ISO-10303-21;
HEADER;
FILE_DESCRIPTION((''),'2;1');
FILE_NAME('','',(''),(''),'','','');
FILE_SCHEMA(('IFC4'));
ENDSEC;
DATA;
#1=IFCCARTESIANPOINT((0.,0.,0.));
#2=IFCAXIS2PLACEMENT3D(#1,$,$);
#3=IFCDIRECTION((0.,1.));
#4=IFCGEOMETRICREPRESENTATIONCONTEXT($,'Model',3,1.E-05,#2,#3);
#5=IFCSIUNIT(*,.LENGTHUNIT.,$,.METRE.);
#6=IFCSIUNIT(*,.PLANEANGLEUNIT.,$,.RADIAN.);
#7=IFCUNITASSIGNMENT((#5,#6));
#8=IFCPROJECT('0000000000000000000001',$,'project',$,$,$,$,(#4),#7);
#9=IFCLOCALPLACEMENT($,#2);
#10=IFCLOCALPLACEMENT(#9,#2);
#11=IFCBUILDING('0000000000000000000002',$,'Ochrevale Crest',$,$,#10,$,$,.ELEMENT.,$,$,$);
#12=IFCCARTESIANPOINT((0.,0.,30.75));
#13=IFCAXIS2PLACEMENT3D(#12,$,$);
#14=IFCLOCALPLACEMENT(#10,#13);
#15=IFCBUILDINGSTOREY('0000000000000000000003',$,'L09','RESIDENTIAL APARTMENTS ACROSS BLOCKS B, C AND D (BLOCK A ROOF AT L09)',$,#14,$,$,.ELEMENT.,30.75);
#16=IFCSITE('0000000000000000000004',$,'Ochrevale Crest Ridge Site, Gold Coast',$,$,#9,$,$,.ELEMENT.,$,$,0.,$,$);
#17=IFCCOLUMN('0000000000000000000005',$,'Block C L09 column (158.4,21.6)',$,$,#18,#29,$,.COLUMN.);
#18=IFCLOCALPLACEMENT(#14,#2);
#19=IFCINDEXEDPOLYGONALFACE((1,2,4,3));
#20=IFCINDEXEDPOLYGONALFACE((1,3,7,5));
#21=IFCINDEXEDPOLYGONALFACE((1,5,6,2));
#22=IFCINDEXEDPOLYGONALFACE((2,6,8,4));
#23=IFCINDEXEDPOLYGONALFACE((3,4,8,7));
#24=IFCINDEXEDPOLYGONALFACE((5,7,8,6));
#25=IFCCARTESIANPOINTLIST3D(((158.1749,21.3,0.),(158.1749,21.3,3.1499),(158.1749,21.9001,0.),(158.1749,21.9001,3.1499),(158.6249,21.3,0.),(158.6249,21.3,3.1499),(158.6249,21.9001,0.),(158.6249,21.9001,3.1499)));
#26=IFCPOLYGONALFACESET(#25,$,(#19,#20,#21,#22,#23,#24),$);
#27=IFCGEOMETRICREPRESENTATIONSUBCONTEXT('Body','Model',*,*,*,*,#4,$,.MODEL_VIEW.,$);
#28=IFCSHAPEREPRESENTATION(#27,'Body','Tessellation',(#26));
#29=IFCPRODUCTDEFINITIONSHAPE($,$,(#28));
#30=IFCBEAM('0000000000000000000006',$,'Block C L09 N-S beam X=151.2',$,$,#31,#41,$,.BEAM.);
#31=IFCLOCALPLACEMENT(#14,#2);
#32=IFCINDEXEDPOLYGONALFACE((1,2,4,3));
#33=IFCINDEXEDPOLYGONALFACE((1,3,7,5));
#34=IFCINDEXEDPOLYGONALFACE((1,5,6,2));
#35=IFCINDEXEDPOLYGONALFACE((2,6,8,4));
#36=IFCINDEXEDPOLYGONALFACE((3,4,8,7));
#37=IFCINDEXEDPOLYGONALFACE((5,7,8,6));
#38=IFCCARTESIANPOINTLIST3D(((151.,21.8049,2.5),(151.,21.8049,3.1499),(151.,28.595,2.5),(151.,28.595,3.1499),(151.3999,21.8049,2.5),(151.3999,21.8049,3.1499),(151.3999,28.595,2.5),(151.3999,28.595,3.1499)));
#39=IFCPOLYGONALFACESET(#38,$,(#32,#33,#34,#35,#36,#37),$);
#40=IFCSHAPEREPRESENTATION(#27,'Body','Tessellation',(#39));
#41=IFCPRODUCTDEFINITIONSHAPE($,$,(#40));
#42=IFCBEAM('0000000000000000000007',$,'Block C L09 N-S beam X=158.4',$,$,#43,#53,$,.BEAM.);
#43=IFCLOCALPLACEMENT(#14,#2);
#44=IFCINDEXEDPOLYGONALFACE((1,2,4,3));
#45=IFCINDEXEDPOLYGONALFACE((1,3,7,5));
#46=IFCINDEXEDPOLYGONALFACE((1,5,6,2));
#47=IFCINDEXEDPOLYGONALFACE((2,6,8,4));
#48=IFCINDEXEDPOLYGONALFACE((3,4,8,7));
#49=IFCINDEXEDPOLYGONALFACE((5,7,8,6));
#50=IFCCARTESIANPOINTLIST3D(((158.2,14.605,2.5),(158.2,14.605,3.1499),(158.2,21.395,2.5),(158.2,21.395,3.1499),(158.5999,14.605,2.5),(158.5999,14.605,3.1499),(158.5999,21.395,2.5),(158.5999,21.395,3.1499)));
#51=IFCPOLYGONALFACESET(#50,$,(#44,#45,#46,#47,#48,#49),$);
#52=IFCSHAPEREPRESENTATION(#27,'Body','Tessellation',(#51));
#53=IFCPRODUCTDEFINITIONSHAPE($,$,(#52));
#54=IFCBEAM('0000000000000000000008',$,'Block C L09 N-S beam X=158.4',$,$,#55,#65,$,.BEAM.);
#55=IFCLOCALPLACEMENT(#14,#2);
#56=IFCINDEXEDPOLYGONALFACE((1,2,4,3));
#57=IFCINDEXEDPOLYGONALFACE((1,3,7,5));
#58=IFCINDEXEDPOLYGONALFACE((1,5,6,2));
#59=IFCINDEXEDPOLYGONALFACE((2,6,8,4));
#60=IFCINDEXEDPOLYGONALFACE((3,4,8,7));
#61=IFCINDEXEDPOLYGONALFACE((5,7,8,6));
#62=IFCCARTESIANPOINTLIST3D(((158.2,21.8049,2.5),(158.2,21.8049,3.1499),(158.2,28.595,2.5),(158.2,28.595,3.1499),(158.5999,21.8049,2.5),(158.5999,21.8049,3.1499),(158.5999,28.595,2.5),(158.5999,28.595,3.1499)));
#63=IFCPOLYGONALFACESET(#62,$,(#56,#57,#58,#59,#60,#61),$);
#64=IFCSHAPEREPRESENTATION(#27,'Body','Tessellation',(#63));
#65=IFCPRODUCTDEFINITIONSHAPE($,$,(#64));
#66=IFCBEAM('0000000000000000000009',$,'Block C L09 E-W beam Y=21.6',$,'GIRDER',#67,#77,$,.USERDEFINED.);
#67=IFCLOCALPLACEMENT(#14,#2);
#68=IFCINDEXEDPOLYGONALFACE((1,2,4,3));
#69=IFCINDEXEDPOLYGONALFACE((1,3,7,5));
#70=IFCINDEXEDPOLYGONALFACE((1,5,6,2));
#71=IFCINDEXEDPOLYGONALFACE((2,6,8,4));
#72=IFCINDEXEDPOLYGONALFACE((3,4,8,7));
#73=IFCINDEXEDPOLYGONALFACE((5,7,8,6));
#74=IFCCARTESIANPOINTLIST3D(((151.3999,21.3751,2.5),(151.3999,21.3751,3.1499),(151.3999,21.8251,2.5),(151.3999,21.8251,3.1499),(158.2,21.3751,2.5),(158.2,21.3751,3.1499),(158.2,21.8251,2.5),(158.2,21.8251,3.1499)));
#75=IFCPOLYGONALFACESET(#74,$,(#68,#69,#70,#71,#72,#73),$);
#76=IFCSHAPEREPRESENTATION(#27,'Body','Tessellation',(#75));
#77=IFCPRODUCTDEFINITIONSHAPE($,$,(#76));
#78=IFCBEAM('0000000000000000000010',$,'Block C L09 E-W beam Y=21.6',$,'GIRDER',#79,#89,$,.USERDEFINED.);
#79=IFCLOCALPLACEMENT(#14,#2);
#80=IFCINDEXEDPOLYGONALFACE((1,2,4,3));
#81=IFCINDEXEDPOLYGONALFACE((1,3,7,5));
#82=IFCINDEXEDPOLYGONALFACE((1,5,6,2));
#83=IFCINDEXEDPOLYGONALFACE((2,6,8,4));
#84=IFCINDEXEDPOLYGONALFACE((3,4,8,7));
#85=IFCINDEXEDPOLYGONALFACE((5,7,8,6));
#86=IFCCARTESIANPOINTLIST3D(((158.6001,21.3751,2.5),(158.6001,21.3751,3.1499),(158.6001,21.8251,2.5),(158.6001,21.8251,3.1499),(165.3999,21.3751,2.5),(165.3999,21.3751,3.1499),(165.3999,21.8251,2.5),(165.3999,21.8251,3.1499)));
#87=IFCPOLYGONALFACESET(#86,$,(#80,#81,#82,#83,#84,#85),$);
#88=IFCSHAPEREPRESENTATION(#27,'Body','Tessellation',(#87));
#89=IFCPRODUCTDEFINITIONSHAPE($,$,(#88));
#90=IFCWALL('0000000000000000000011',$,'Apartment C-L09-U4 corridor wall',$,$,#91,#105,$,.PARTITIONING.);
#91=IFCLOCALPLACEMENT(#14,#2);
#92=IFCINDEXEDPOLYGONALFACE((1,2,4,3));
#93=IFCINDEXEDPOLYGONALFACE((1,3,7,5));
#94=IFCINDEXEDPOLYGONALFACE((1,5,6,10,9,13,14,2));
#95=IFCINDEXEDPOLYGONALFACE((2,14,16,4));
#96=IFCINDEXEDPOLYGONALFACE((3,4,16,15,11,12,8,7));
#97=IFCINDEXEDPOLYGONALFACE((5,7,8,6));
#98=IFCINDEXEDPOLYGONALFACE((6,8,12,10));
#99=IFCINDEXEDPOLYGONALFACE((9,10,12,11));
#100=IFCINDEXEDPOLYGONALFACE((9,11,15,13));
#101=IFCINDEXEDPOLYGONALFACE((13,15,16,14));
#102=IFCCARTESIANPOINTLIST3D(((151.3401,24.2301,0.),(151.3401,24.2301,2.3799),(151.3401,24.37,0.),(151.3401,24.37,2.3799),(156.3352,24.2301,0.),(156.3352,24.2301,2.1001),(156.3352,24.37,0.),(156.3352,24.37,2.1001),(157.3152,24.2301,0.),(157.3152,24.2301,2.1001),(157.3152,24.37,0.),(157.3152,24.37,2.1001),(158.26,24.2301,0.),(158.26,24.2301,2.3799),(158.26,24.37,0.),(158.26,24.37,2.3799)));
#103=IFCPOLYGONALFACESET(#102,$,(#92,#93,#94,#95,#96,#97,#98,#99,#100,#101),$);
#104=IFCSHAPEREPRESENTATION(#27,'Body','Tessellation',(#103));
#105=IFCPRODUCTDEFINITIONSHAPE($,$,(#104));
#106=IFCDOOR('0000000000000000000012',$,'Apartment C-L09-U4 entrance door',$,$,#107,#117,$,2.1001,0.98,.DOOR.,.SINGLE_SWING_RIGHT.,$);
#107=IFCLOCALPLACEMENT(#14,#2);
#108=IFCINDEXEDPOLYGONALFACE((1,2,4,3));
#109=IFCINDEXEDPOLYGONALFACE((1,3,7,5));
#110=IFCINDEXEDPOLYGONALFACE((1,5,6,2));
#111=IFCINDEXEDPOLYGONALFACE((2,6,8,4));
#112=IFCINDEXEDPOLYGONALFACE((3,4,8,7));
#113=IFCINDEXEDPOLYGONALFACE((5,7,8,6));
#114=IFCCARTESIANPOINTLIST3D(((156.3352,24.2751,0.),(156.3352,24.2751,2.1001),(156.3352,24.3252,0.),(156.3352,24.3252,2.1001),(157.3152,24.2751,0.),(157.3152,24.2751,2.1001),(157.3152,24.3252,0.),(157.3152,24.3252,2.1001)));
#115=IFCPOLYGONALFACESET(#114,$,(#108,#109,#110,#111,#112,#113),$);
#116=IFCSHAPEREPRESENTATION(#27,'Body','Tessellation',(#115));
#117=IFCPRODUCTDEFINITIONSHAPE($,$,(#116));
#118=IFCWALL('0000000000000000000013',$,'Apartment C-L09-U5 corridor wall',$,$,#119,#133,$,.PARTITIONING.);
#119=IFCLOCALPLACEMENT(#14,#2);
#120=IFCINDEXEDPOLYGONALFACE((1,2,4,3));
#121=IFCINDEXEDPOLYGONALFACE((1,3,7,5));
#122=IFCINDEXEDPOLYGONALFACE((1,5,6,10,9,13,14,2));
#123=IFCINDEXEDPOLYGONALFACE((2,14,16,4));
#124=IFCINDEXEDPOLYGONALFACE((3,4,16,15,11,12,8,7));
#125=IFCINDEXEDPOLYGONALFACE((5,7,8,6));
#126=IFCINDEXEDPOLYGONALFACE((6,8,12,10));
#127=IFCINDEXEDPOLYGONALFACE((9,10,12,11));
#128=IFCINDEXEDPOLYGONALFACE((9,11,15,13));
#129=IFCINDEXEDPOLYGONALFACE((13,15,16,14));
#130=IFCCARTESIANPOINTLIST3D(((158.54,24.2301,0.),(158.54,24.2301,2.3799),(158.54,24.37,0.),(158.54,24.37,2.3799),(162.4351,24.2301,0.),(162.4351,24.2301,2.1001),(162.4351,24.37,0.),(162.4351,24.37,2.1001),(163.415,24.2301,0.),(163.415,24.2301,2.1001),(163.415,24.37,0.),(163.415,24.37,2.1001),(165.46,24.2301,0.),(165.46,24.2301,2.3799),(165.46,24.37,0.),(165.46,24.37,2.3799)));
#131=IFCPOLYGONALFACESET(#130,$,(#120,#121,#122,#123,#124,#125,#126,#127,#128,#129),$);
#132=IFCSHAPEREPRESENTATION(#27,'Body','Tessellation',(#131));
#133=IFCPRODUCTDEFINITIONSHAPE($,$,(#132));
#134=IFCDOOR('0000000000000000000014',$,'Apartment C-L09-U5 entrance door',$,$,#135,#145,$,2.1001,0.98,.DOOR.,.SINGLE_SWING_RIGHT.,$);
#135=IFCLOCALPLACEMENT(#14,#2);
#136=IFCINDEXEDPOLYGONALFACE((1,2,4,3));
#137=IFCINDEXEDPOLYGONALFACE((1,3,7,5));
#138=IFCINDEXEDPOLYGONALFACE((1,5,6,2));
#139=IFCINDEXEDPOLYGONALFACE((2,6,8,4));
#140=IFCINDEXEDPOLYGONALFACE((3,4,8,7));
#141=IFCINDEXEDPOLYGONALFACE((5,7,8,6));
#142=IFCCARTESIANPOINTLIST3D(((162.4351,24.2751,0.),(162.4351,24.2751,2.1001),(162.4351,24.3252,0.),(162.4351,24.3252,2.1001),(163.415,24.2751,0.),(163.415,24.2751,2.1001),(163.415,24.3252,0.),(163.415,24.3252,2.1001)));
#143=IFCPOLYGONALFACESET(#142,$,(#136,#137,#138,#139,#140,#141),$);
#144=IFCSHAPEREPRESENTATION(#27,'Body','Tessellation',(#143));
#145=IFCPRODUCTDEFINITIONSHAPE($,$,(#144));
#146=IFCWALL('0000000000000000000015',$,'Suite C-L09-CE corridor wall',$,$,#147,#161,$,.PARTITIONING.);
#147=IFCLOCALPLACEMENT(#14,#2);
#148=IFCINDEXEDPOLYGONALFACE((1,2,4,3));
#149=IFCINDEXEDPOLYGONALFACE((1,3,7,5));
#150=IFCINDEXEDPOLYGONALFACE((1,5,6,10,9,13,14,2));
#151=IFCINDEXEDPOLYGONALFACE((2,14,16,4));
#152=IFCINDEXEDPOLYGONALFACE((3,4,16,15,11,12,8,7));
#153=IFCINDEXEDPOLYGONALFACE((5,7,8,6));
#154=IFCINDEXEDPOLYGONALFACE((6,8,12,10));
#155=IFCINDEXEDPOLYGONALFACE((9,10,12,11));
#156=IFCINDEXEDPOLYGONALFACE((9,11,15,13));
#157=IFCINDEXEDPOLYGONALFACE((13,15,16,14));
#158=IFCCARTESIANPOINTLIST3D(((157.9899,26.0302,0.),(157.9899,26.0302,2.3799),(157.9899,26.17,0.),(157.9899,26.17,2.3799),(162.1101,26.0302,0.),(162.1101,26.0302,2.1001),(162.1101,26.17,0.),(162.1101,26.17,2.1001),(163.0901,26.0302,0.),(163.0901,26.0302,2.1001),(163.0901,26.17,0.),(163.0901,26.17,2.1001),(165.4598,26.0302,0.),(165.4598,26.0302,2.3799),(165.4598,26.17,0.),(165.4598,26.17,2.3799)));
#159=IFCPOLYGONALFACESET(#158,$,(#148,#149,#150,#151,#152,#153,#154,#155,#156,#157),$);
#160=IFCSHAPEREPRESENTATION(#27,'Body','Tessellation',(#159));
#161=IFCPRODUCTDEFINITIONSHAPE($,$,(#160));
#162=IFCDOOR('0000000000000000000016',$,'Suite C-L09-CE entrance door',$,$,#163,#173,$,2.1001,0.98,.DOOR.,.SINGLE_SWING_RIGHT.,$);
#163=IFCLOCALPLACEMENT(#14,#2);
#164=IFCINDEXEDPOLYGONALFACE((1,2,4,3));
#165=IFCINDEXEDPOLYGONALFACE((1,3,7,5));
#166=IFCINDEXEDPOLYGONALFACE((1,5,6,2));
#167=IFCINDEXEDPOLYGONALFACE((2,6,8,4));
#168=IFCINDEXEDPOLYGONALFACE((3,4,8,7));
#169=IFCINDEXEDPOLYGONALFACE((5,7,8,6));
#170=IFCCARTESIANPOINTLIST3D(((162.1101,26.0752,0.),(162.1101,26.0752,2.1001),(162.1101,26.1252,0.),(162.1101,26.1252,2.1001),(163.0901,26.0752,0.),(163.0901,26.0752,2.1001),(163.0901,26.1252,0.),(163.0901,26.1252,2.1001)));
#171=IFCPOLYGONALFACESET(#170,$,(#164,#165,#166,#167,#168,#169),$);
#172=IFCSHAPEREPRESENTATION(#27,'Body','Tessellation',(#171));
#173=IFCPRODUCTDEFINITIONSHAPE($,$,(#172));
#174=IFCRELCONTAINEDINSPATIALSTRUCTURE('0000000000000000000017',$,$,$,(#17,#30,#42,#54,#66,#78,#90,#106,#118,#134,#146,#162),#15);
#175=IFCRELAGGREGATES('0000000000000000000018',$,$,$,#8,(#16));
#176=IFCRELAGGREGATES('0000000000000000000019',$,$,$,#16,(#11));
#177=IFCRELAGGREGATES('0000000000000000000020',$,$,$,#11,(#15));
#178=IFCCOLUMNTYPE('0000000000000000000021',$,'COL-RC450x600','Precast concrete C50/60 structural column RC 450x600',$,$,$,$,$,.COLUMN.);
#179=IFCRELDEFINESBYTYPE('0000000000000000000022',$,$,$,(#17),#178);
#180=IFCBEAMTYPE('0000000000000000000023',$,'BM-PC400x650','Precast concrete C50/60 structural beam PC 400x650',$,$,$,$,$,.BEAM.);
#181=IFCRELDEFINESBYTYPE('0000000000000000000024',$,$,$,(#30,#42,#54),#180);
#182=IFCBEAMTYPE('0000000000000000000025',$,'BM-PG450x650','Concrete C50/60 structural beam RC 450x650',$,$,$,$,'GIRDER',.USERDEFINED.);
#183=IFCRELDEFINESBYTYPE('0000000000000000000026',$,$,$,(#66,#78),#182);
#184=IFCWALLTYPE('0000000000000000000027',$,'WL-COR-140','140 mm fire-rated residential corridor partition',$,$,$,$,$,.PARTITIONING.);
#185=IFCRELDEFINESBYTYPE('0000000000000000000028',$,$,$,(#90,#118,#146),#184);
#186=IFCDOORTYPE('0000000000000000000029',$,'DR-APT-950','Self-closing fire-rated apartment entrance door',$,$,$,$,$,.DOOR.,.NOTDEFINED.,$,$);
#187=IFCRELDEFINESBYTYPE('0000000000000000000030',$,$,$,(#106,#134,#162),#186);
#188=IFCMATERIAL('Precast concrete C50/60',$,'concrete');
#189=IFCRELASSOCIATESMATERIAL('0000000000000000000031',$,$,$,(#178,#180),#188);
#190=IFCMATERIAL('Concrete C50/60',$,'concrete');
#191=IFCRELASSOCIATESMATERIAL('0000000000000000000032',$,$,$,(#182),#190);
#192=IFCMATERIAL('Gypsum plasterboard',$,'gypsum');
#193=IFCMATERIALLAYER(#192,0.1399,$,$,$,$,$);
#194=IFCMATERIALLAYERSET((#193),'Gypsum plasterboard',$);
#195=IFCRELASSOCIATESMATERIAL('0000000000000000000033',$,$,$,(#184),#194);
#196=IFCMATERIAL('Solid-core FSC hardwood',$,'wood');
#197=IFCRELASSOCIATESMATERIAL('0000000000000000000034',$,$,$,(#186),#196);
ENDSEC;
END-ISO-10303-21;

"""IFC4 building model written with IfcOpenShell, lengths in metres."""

from ifc_helpers import new_model, si_unit, direction, frame, frame_2d, origin, origin_2d, place, context, subcontext, project, spatial, rectangle, extrude, material, layer, layer_set, material_profile, profile_set, type_object, element, fill, save


model = new_model("IFC4")

# Units and contexts
model_context = context("Model", 3, precision=1e-05, world=origin(), true_north=direction((0.0, 1.0)))
body_context = subcontext(model_context, "Body", "Model", "MODEL_VIEW")
ifc_project = project(units=[si_unit("LENGTHUNIT", "METRE"), si_unit("PLANEANGLEUNIT", "RADIAN")], contexts=[model_context])

# Site, building, storey
site_placement = place(None, origin())
site = spatial("IfcSite", under=ifc_project, at=site_placement, Name="Ochrevale Crest Ridge Site, Gold Coast", CompositionType="ELEMENT", RefElevation=0.0)
building_placement = place(site_placement, origin())
building = spatial("IfcBuilding", under=site, at=building_placement, Name="Ochrevale Crest", CompositionType="ELEMENT")
storey_placement = place(building_placement, frame((0.0, 0.0, 30.75)))
storey = spatial("IfcBuildingStorey", under=building, at=storey_placement, Name="L09", Description="RESIDENTIAL APARTMENTS ACROSS BLOCKS B, C AND D (BLOCK A ROOF AT L09)", CompositionType="ELEMENT", Elevation=30.75)

# Column
ifc_material_1 = material(Name="Precast concrete C50/60", Category="concrete")
ifc_material_profile_1 = material_profile(ifc_material_1, rectangle(XDim=0.45, YDim=0.6001, at=origin_2d()), Name="RC 450x600")
ifc_profile_set_1 = profile_set([ifc_material_profile_1], Name="Precast concrete C50/60")
column_type = type_object("IfcColumnType", Name="COL-RC450x600", Description="Precast concrete C50/60 structural column RC 450x600", PredefinedType="COLUMN", material=ifc_profile_set_1)
column_placement = place(storey_placement, frame((158.3999, 21.6001, 0.0), z_axis=(0.0, 0.0, 1.0), x_axis=(1.0, 0.0, 0.0)))
element("IfcColumn", 1, at=column_placement, inside=storey, type_object=column_type, Name="Block C L09 column (158.4,21.6)", PredefinedType="COLUMN", context=body_context, shape_type="SweptSolid", body=[
    extrude(rectangle(XDim=0.45, YDim=0.6001, at=origin_2d()), origin(), (0.0, 0.0, 1.0), 3.1499),
])

# Beams
ifc_material_profile_2 = material_profile(ifc_material_1, rectangle(XDim=0.3999, YDim=0.6499, at=origin_2d()), Name="PC 400x650")
ifc_profile_set_2 = profile_set([ifc_material_profile_2], Name="Precast concrete C50/60")
beam_type_1 = type_object("IfcBeamType", Name="BM-PC400x650", Description="Precast concrete C50/60 structural beam PC 400x650", PredefinedType="BEAM", material=ifc_profile_set_2)
for number, where, z_axis, x_axis, name in (
    (2, (151.2, 21.8049, 2.825), (0.0, 1.0, 0.0), (-1.0, 0.0, 0.0), "Block C L09 N-S beam X=151.2"),
    (3, (158.3999, 14.605, 2.825), (0.0, 1.0, 0.0), (-1.0, 0.0, 0.0), "Block C L09 N-S beam X=158.4"),
    (4, (158.3999, 21.8049, 2.825), (0.0, 1.0, 0.0), (-1.0, 0.0, 0.0), "Block C L09 N-S beam X=158.4"),
):
    element("IfcBeam", number, at=place(storey_placement, frame(where, z_axis=z_axis, x_axis=x_axis)), inside=storey, type_object=beam_type_1, Name=name, PredefinedType="BEAM", context=body_context, shape_type="SweptSolid", body=[
        extrude(rectangle(XDim=0.3999, YDim=0.6499, at=origin_2d()), origin(), (0.0, 0.0, 1.0), 6.79),
    ])
ifc_material_2 = material(Name="Concrete C50/60", Category="concrete")
ifc_material_profile_3 = material_profile(ifc_material_2, rectangle(XDim=0.45, YDim=0.6499, at=origin_2d()), Name="RC 450x650")
ifc_profile_set_3 = profile_set([ifc_material_profile_3], Name="Concrete C50/60")
beam_type_2 = type_object("IfcBeamType", Name="BM-PG450x650", Description="Concrete C50/60 structural beam RC 450x650", ElementType="GIRDER", PredefinedType="USERDEFINED", material=ifc_profile_set_3)
beam_1_placement = place(storey_placement, frame((151.3999, 21.6001, 2.825), z_axis=(1.0, 0.0, 0.0), x_axis=(0.0, 1.0, 0.0)))
element("IfcBeam", 5, at=beam_1_placement, inside=storey, type_object=beam_type_2, Name="Block C L09 E-W beam Y=21.6", ObjectType="GIRDER", PredefinedType="USERDEFINED", context=body_context, shape_type="SweptSolid", body=[
    extrude(rectangle(XDim=0.45, YDim=0.6499, at=origin_2d()), origin(), (0.0, 0.0, 1.0), 6.8),
])
beam_2_placement = place(storey_placement, frame((158.6001, 21.6001, 2.825), z_axis=(1.0, 0.0, 0.0), x_axis=(0.0, 1.0, 0.0)))
element("IfcBeam", 6, at=beam_2_placement, inside=storey, type_object=beam_type_2, Name="Block C L09 E-W beam Y=21.6", ObjectType="GIRDER", PredefinedType="USERDEFINED", context=body_context, shape_type="SweptSolid", body=[
    extrude(rectangle(XDim=0.45, YDim=0.6499, at=origin_2d()), origin(), (0.0, 0.0, 1.0), 6.7998),
])

# Walls, openings, doors
ifc_material_3 = material(Name="Gypsum plasterboard", Category="gypsum")
ifc_layer_1 = layer(ifc_material_3, 0.1399)
ifc_layer_set_1 = layer_set([ifc_layer_1], Name="Gypsum plasterboard")
wall_type_1 = type_object("IfcWallType", Name="WL-COR-140", Description="140 mm fire-rated residential corridor partition", PredefinedType="PARTITIONING", material=ifc_layer_set_1)
wall_1_placement = place(storey_placement, frame((151.3401, 24.3, 0.0), z_axis=(0.0, 0.0, 1.0), x_axis=(1.0, 0.0, 0.0)))
wall_1 = element("IfcWall", 7, at=wall_1_placement, inside=storey, type_object=wall_type_1, Name="Apartment C-L09-U4 corridor wall", PredefinedType="PARTITIONING", context=body_context, shape_type="SweptSolid", body=[
    extrude(rectangle(XDim=6.9199, YDim=0.1399, at=frame_2d((3.46, 0.0))), origin(), (0.0, 0.0, 1.0), 2.3799),
])
opening_1_placement = place(wall_1_placement, frame((5.9751, 0.0, 0.0), z_axis=(0.0, 0.0, 1.0), x_axis=(-1.0, 0.0, 0.0)))
opening_1 = element("IfcOpeningElement", 8, at=opening_1_placement, cuts=wall_1, PredefinedType="OPENING", context=body_context, shape_type="SweptSolid", body=[
    extrude(rectangle(XDim=0.98, YDim=2.1001, at=frame_2d((0.49, 1.05))), frame((0.0, 0.0801, 0.0), z_axis=(0.0, -1.0, 0.0), x_axis=(1.0, 0.0, 0.0)), (0.0, 0.0, 1.0), 0.1599),
])
ifc_material_4 = material(Name="Solid-core FSC hardwood", Category="wood")
door_type_1 = type_object("IfcDoorType", Name="DR-APT-950", Description="Self-closing fire-rated apartment entrance door", OperationType="NOTDEFINED", PredefinedType="DOOR", material=ifc_material_4)
door_1_placement = place(opening_1_placement, origin())
door_1 = element("IfcDoor", 9, at=door_1_placement, inside=storey, type_object=door_type_1, Name="Apartment C-L09-U4 entrance door", OperationType="SINGLE_SWING_RIGHT", OverallHeight=2.1001, OverallWidth=0.98, PredefinedType="DOOR", context=body_context, shape_type="SweptSolid", body=[
    extrude(rectangle(XDim=0.98, YDim=2.1001, at=frame_2d((0.49, 1.05))), frame((0.0, 0.0249, 0.0), z_axis=(0.0, -1.0, 0.0), x_axis=(1.0, 0.0, 0.0)), (0.0, 0.0, 1.0), 0.05),
])
fill(opening_1, door_1)
wall_2_placement = place(storey_placement, frame((158.54, 24.3, 0.0), z_axis=(0.0, 0.0, 1.0), x_axis=(1.0, 0.0, 0.0)))
wall_2 = element("IfcWall", 10, at=wall_2_placement, inside=storey, type_object=wall_type_1, Name="Apartment C-L09-U5 corridor wall", PredefinedType="PARTITIONING", context=body_context, shape_type="SweptSolid", body=[
    extrude(rectangle(XDim=6.9199, YDim=0.1399, at=frame_2d((3.46, 0.0))), origin(), (0.0, 0.0, 1.0), 2.3799),
])
opening_2_placement = place(wall_2_placement, frame((4.875, 0.0, 0.0), z_axis=(0.0, 0.0, 1.0), x_axis=(-1.0, 0.0, 0.0)))
opening_2 = element("IfcOpeningElement", 11, at=opening_2_placement, cuts=wall_2, PredefinedType="OPENING", context=body_context, shape_type="SweptSolid", body=[
    extrude(rectangle(XDim=0.98, YDim=2.1001, at=frame_2d((0.49, 1.05))), frame((0.0, 0.0801, 0.0), z_axis=(0.0, -1.0, 0.0), x_axis=(1.0, 0.0, 0.0)), (0.0, 0.0, 1.0), 0.1599),
])
door_2_placement = place(opening_2_placement, origin())
door_2 = element("IfcDoor", 12, at=door_2_placement, inside=storey, type_object=door_type_1, Name="Apartment C-L09-U5 entrance door", OperationType="SINGLE_SWING_RIGHT", OverallHeight=2.1001, OverallWidth=0.98, PredefinedType="DOOR", context=body_context, shape_type="SweptSolid", body=[
    extrude(rectangle(XDim=0.98, YDim=2.1001, at=frame_2d((0.49, 1.05))), frame((0.0, 0.0249, 0.0), z_axis=(0.0, -1.0, 0.0), x_axis=(1.0, 0.0, 0.0)), (0.0, 0.0, 1.0), 0.05),
])
fill(opening_2, door_2)
wall_3_placement = place(storey_placement, frame((157.99, 26.1001, 0.0), z_axis=(0.0, 0.0, 1.0), x_axis=(1.0, 0.0, 0.0)))
wall_3 = element("IfcWall", 13, at=wall_3_placement, inside=storey, type_object=wall_type_1, Name="Suite C-L09-CE corridor wall", PredefinedType="PARTITIONING", context=body_context, shape_type="SweptSolid", body=[
    extrude(rectangle(XDim=7.47, YDim=0.1399, at=frame_2d((3.7349, 0.0))), origin(), (0.0, 0.0, 1.0), 2.3799),
])
opening_3_placement = place(wall_3_placement, frame((5.1001, 0.0, 0.0), z_axis=(0.0, 0.0, 1.0), x_axis=(-1.0, 0.0, 0.0)))
opening_3 = element("IfcOpeningElement", 14, at=opening_3_placement, cuts=wall_3, PredefinedType="OPENING", context=body_context, shape_type="SweptSolid", body=[
    extrude(rectangle(XDim=0.98, YDim=2.1001, at=frame_2d((0.49, 1.05))), frame((0.0, 0.0801, 0.0), z_axis=(0.0, -1.0, 0.0), x_axis=(1.0, 0.0, 0.0)), (0.0, 0.0, 1.0), 0.1599),
])
door_3_placement = place(opening_3_placement, origin())
door_3 = element("IfcDoor", 15, at=door_3_placement, inside=storey, type_object=door_type_1, Name="Suite C-L09-CE entrance door", OperationType="SINGLE_SWING_RIGHT", OverallHeight=2.1001, OverallWidth=0.98, PredefinedType="DOOR", context=body_context, shape_type="SweptSolid", body=[
    extrude(rectangle(XDim=0.98, YDim=2.1001, at=frame_2d((0.49, 1.05))), frame((0.0, 0.0249, 0.0), z_axis=(0.0, -1.0, 0.0), x_axis=(1.0, 0.0, 0.0)), (0.0, 0.0, 1.0), 0.05),
])
fill(opening_3, door_3)

save(model, "model.ifc")
